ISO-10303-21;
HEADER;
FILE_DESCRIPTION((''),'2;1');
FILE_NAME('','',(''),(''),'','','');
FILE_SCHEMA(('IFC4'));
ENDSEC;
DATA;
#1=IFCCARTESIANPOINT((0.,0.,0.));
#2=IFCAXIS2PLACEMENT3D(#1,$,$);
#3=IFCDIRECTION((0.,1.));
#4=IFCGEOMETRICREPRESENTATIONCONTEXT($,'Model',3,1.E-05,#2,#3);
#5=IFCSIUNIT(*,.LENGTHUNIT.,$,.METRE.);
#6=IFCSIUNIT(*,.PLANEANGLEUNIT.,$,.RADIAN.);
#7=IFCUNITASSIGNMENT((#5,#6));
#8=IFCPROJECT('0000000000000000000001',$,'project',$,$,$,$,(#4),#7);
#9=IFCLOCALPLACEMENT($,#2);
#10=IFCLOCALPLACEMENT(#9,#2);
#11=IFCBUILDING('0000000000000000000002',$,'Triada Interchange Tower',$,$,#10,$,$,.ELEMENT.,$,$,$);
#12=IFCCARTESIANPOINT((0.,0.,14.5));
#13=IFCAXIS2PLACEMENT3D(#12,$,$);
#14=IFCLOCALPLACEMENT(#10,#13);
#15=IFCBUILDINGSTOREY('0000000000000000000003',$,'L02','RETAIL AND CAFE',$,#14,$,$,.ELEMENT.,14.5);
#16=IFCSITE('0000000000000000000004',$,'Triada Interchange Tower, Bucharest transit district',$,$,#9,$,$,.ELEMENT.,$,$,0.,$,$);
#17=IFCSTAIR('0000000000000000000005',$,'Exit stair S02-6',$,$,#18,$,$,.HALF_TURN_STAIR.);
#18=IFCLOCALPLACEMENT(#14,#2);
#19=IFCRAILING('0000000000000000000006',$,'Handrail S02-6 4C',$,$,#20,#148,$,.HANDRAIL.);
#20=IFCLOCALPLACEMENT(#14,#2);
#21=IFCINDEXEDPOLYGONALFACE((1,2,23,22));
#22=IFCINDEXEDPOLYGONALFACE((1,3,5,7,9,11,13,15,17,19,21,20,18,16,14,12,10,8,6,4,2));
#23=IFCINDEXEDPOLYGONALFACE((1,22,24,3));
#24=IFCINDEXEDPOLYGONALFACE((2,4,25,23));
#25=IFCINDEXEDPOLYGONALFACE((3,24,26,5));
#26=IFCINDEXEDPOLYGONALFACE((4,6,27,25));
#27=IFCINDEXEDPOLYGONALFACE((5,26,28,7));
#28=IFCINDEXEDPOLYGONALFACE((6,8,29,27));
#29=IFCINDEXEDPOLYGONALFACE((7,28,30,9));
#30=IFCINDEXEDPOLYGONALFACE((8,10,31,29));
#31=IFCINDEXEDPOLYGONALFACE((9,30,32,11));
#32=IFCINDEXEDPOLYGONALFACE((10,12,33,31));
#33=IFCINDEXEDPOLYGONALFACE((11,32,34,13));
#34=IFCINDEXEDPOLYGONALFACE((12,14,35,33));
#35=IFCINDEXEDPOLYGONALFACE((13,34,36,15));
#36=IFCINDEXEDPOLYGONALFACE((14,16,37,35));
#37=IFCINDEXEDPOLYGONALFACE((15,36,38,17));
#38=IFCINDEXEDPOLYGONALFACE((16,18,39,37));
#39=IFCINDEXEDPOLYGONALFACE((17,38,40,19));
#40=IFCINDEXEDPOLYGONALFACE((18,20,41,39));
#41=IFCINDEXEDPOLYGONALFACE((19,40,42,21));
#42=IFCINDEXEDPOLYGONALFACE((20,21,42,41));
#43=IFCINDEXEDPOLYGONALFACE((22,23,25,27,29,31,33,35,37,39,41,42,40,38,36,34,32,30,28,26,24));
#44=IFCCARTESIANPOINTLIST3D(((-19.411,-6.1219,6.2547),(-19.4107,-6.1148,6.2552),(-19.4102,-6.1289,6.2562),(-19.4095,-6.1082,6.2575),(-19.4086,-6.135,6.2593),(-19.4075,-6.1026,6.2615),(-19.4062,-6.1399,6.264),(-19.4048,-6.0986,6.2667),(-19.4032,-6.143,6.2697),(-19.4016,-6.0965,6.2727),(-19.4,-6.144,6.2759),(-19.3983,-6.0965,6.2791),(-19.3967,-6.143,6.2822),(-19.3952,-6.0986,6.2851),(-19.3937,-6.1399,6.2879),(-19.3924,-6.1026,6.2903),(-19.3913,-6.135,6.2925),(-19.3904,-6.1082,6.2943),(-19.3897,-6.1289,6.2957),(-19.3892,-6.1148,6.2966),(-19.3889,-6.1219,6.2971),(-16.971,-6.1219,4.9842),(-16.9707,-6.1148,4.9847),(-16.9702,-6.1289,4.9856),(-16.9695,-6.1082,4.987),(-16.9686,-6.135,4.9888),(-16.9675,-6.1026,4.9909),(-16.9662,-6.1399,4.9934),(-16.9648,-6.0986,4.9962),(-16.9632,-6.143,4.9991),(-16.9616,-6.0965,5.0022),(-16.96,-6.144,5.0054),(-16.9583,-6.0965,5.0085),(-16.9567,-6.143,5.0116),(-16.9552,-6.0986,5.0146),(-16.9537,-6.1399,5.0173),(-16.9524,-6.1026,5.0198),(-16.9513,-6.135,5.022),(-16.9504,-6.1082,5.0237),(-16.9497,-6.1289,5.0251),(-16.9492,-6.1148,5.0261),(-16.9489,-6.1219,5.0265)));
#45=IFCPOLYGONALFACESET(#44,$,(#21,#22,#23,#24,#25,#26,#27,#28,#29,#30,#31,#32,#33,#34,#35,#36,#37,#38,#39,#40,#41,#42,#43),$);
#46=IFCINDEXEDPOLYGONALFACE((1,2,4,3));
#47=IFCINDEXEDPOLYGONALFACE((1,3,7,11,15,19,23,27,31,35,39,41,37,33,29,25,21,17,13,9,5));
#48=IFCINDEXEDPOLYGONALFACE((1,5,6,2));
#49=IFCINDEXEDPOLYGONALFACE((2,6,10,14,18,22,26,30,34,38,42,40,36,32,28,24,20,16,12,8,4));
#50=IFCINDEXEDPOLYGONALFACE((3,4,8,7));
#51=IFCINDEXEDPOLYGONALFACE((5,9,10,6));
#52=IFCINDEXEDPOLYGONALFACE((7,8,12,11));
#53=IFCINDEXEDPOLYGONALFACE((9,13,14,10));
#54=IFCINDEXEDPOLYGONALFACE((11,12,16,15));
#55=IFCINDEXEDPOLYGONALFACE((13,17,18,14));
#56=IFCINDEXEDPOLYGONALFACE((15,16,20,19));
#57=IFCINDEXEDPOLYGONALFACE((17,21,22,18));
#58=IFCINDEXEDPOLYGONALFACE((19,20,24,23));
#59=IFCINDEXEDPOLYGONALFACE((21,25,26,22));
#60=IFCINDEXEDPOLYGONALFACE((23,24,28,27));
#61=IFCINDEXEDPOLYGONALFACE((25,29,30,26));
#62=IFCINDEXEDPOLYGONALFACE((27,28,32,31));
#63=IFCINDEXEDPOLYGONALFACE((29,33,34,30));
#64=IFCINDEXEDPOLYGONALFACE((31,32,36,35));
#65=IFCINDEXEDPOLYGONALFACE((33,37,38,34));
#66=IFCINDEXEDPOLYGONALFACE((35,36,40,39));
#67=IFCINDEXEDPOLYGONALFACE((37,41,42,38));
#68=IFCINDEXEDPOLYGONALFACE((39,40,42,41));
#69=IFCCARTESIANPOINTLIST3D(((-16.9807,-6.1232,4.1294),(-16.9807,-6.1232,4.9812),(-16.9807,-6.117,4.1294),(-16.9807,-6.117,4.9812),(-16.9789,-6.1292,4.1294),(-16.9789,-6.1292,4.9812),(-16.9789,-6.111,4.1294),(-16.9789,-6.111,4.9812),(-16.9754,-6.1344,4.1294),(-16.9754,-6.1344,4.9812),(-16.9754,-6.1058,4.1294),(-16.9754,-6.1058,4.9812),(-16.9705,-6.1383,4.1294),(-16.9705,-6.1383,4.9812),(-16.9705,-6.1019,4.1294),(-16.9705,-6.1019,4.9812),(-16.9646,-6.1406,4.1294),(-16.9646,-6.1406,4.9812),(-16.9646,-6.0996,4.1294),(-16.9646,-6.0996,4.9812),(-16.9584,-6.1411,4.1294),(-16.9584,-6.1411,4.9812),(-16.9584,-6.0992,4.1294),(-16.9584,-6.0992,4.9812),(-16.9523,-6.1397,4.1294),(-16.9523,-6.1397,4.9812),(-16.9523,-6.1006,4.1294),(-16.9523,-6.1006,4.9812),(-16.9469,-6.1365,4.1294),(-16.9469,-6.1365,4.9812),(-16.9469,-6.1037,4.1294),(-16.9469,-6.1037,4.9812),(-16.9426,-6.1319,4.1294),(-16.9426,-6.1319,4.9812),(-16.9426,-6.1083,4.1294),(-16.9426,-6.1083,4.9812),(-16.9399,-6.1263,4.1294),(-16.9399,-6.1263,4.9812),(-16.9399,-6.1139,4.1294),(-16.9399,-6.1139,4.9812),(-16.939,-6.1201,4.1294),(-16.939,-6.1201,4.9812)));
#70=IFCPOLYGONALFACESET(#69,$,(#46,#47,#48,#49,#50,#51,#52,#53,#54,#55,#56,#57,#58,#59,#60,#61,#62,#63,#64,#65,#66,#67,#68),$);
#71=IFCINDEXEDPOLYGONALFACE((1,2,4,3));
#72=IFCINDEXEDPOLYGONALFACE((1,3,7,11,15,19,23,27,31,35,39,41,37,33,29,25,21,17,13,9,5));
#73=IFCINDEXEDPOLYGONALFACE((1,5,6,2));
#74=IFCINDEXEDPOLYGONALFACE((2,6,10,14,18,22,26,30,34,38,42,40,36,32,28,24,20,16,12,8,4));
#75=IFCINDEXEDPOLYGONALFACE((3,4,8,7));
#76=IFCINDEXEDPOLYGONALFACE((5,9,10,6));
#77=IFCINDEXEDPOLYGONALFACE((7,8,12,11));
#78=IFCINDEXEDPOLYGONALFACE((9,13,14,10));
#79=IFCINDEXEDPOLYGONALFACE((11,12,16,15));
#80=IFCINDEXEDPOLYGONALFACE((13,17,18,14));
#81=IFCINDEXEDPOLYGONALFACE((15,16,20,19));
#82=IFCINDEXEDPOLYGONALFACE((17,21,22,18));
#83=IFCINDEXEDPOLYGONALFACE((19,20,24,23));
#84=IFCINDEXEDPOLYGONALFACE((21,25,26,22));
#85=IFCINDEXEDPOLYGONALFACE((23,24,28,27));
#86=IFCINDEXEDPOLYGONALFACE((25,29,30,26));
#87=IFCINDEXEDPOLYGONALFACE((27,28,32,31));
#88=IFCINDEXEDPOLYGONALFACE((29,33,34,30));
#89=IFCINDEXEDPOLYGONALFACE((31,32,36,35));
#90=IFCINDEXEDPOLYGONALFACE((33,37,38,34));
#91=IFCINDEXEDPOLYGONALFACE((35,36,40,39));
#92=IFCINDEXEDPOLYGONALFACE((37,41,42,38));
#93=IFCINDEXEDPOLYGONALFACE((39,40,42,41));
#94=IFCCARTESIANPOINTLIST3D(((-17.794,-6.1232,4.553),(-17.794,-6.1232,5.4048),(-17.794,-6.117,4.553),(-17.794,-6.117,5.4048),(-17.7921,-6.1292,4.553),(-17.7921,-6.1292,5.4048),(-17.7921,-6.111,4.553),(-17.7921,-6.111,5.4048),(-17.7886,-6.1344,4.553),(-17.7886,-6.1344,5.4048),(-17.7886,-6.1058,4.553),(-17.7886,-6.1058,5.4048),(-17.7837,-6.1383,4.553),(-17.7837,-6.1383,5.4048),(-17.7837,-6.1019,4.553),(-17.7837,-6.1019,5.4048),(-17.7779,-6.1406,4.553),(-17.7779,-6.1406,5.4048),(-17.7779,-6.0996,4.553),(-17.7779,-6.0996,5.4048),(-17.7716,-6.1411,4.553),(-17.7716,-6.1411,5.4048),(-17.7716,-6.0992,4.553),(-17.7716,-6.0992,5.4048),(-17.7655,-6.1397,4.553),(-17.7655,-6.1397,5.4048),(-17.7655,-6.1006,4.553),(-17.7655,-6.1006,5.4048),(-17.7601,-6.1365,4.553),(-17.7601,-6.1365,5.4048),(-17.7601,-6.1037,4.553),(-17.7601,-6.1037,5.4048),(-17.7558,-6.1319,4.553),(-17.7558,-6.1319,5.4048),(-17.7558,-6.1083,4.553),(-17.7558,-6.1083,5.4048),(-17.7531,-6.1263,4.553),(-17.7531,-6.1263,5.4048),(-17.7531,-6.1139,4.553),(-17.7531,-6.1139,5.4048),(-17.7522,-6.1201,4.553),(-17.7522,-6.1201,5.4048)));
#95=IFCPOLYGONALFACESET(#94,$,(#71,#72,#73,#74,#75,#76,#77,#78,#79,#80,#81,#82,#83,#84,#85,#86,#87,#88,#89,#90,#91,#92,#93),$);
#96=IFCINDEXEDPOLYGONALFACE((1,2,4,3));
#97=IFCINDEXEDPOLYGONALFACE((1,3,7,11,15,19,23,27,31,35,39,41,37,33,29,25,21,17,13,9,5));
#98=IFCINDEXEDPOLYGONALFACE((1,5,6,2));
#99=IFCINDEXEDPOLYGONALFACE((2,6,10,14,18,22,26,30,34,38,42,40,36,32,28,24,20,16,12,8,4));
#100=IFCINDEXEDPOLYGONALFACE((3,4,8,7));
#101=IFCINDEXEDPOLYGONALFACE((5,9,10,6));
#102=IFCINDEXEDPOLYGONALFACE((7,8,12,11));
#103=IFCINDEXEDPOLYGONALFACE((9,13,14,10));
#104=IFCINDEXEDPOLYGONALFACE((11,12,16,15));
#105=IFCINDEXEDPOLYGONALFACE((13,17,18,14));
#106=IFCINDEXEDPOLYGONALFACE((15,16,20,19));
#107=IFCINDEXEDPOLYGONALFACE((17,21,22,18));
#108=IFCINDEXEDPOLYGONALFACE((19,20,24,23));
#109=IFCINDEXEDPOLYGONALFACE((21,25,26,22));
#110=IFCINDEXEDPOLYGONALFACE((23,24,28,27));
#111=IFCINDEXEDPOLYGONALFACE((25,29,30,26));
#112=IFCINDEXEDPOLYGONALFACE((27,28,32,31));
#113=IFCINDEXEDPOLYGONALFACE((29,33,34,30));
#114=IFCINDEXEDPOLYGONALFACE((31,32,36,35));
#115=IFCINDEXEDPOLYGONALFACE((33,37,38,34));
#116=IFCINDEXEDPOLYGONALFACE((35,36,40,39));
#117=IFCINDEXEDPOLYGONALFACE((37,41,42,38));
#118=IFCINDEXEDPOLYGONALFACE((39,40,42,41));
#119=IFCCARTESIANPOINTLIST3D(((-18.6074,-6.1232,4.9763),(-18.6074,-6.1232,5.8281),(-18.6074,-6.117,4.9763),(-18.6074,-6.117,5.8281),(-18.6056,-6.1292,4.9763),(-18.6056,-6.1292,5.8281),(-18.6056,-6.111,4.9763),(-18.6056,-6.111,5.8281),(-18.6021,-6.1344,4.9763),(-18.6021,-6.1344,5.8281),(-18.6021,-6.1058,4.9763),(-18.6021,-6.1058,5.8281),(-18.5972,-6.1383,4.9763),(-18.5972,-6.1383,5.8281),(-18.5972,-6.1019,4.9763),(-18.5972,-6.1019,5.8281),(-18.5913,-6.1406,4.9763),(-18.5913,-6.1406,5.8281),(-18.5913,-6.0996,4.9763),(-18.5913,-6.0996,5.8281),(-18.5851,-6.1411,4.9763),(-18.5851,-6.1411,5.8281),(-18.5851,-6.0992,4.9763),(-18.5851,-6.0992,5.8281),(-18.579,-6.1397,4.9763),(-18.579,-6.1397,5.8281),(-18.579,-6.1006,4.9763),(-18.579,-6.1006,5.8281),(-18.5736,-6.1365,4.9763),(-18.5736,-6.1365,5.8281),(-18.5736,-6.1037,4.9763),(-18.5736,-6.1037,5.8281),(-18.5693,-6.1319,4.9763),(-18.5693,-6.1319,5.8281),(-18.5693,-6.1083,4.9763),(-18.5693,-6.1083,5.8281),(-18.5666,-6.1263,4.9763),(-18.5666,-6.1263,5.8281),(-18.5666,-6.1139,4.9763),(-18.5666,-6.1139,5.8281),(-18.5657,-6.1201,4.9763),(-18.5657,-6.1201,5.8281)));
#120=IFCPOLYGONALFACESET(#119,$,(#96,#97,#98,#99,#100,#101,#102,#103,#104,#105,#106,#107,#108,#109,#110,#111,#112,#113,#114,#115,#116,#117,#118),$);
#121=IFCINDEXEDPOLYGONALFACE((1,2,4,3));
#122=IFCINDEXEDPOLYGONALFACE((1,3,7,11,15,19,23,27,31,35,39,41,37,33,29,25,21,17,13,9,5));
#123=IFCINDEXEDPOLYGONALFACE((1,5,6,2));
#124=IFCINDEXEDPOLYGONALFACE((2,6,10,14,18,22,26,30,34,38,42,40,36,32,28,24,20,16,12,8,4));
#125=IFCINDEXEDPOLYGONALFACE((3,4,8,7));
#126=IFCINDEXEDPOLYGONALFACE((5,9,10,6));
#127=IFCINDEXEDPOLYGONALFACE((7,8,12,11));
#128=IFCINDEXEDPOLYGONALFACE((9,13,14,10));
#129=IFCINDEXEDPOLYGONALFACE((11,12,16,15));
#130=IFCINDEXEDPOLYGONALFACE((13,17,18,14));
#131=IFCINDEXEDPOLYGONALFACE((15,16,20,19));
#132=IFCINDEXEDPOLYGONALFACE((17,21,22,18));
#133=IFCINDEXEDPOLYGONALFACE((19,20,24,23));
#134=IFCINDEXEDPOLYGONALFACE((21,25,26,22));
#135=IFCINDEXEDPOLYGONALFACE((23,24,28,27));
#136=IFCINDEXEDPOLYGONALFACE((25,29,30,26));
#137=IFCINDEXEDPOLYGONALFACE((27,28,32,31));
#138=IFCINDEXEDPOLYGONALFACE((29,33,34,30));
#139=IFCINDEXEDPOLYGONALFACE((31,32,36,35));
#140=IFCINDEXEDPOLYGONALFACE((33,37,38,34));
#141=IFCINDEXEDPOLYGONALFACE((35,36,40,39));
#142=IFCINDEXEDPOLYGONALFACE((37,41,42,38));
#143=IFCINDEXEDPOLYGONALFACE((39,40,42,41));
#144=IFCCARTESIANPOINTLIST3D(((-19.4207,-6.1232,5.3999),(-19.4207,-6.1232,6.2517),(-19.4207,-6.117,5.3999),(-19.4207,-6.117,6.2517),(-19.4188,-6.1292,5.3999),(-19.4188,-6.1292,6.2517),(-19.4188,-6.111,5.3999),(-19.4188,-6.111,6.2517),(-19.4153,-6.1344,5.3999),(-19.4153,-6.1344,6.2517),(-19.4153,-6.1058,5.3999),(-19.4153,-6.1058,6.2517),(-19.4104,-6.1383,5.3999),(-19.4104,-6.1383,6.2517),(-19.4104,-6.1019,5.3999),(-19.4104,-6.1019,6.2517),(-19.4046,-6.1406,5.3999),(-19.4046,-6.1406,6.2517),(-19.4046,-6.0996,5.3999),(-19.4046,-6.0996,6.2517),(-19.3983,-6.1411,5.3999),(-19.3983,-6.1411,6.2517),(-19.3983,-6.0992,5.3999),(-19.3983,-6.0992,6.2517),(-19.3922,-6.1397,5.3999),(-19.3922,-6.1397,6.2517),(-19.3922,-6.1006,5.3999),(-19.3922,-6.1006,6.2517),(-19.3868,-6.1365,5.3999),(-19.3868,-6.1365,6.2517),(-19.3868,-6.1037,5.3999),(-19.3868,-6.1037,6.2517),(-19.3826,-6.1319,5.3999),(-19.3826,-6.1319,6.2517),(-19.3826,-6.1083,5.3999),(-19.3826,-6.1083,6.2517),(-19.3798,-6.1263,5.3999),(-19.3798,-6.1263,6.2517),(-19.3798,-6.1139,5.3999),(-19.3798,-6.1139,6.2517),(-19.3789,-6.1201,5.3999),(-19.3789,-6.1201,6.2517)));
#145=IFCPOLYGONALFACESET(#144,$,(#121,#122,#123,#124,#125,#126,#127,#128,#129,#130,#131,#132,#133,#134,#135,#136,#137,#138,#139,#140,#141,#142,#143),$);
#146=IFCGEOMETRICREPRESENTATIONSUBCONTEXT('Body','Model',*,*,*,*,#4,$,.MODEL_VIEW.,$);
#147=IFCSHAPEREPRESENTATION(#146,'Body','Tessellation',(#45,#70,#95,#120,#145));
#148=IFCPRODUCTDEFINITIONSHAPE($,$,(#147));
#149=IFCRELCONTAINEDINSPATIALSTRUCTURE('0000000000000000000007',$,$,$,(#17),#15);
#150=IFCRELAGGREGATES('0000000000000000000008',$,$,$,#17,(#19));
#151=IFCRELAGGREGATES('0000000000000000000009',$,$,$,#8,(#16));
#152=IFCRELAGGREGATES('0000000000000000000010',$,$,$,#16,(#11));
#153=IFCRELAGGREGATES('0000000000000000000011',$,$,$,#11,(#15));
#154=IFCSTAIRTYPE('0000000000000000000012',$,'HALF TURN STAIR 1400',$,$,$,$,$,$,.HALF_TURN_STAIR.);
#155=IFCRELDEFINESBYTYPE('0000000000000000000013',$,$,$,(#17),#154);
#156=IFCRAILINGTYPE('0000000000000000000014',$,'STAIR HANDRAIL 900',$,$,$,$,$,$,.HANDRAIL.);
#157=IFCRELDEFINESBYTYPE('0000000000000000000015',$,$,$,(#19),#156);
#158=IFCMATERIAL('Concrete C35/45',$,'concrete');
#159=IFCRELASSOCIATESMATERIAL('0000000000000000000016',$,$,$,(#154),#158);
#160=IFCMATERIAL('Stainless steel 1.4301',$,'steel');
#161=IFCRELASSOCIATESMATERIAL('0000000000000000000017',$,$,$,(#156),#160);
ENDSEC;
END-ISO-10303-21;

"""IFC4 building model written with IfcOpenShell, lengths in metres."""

from ifc_helpers import new_model, si_unit, direction, frame, origin, origin_2d, place, context, subcontext, project, spatial, circle, extrude, material, type_object, element, aggregate, save


model = new_model("IFC4")

# Units and contexts
model_context = context("Model", 3, precision=1e-05, world=origin(), true_north=direction((0.0, 1.0)))
body_context = subcontext(model_context, "Body", "Model", "MODEL_VIEW")
ifc_project = project(units=[si_unit("LENGTHUNIT", "METRE"), si_unit("PLANEANGLEUNIT", "RADIAN")], contexts=[model_context])

# Site, building, storey
site_placement = place(None, origin())
site = spatial("IfcSite", under=ifc_project, at=site_placement, Name="Triada Interchange Tower, Bucharest transit district", CompositionType="ELEMENT", RefElevation=0.0)
building_placement = place(site_placement, origin())
building = spatial("IfcBuilding", under=site, at=building_placement, Name="Triada Interchange Tower", CompositionType="ELEMENT")
storey_placement = place(building_placement, frame((0.0, 0.0, 14.5)))
storey = spatial("IfcBuildingStorey", under=building, at=storey_placement, Name="L02", Description="RETAIL AND CAFE", CompositionType="ELEMENT", Elevation=14.5)

# Shared definitions
ifc_material_1 = material(Name="Concrete C35/45", Category="concrete")

# Shared definitions
stair_type = type_object("IfcStairType", Name="HALF TURN STAIR 1400", PredefinedType="HALF_TURN_STAIR", material=ifc_material_1)
ifc_material_2 = material(Name="Stainless steel 1.4301", Category="steel")
railing_type_1 = type_object("IfcRailingType", Name="STAIR HANDRAIL 900", PredefinedType="HANDRAIL", material=ifc_material_2)

# Stair, railing
stair_1_placement = place(storey_placement, origin())
stair_1 = element("IfcStair", 1, at=stair_1_placement, inside=storey, type_object=stair_type, Name="Exit stair S02-6", PredefinedType="HALF_TURN_STAIR")
railing_1_placement = place(storey_placement, frame((-16.96, -6.1201, 4.1294)))
railing_1 = element("IfcRailing", 2, at=railing_1_placement, type_object=railing_type_1, Name="Handrail S02-6 4C", PredefinedType="HANDRAIL", context=body_context, shape_type="SweptSolid", body=[
    extrude(circle(Radius=0.0239, at=origin_2d()), frame((0.0, 0.0, 0.876), z_axis=(-0.886958, 0.0, 0.46185), x_axis=(0.0, -1.0, 0.0)), (0.0, 0.0, 1.0), 2.751),
    extrude(circle(Radius=0.021, at=origin_2d()), origin(), (0.0, 0.0, 1.0), 0.8518),
    extrude(circle(Radius=0.021, at=origin_2d()), frame((-0.8132, 0.0, 0.4236)), (0.0, 0.0, 1.0), 0.8518),
    extrude(circle(Radius=0.021, at=origin_2d()), frame((-1.6267, 0.0, 0.8469)), (0.0, 0.0, 1.0), 0.8518),
    extrude(circle(Radius=0.021, at=origin_2d()), frame((-2.4399, 0.0, 1.2705)), (0.0, 0.0, 1.0), 0.8518),
])
aggregate(stair_1, [railing_1])

save(model, "model.ifc")
